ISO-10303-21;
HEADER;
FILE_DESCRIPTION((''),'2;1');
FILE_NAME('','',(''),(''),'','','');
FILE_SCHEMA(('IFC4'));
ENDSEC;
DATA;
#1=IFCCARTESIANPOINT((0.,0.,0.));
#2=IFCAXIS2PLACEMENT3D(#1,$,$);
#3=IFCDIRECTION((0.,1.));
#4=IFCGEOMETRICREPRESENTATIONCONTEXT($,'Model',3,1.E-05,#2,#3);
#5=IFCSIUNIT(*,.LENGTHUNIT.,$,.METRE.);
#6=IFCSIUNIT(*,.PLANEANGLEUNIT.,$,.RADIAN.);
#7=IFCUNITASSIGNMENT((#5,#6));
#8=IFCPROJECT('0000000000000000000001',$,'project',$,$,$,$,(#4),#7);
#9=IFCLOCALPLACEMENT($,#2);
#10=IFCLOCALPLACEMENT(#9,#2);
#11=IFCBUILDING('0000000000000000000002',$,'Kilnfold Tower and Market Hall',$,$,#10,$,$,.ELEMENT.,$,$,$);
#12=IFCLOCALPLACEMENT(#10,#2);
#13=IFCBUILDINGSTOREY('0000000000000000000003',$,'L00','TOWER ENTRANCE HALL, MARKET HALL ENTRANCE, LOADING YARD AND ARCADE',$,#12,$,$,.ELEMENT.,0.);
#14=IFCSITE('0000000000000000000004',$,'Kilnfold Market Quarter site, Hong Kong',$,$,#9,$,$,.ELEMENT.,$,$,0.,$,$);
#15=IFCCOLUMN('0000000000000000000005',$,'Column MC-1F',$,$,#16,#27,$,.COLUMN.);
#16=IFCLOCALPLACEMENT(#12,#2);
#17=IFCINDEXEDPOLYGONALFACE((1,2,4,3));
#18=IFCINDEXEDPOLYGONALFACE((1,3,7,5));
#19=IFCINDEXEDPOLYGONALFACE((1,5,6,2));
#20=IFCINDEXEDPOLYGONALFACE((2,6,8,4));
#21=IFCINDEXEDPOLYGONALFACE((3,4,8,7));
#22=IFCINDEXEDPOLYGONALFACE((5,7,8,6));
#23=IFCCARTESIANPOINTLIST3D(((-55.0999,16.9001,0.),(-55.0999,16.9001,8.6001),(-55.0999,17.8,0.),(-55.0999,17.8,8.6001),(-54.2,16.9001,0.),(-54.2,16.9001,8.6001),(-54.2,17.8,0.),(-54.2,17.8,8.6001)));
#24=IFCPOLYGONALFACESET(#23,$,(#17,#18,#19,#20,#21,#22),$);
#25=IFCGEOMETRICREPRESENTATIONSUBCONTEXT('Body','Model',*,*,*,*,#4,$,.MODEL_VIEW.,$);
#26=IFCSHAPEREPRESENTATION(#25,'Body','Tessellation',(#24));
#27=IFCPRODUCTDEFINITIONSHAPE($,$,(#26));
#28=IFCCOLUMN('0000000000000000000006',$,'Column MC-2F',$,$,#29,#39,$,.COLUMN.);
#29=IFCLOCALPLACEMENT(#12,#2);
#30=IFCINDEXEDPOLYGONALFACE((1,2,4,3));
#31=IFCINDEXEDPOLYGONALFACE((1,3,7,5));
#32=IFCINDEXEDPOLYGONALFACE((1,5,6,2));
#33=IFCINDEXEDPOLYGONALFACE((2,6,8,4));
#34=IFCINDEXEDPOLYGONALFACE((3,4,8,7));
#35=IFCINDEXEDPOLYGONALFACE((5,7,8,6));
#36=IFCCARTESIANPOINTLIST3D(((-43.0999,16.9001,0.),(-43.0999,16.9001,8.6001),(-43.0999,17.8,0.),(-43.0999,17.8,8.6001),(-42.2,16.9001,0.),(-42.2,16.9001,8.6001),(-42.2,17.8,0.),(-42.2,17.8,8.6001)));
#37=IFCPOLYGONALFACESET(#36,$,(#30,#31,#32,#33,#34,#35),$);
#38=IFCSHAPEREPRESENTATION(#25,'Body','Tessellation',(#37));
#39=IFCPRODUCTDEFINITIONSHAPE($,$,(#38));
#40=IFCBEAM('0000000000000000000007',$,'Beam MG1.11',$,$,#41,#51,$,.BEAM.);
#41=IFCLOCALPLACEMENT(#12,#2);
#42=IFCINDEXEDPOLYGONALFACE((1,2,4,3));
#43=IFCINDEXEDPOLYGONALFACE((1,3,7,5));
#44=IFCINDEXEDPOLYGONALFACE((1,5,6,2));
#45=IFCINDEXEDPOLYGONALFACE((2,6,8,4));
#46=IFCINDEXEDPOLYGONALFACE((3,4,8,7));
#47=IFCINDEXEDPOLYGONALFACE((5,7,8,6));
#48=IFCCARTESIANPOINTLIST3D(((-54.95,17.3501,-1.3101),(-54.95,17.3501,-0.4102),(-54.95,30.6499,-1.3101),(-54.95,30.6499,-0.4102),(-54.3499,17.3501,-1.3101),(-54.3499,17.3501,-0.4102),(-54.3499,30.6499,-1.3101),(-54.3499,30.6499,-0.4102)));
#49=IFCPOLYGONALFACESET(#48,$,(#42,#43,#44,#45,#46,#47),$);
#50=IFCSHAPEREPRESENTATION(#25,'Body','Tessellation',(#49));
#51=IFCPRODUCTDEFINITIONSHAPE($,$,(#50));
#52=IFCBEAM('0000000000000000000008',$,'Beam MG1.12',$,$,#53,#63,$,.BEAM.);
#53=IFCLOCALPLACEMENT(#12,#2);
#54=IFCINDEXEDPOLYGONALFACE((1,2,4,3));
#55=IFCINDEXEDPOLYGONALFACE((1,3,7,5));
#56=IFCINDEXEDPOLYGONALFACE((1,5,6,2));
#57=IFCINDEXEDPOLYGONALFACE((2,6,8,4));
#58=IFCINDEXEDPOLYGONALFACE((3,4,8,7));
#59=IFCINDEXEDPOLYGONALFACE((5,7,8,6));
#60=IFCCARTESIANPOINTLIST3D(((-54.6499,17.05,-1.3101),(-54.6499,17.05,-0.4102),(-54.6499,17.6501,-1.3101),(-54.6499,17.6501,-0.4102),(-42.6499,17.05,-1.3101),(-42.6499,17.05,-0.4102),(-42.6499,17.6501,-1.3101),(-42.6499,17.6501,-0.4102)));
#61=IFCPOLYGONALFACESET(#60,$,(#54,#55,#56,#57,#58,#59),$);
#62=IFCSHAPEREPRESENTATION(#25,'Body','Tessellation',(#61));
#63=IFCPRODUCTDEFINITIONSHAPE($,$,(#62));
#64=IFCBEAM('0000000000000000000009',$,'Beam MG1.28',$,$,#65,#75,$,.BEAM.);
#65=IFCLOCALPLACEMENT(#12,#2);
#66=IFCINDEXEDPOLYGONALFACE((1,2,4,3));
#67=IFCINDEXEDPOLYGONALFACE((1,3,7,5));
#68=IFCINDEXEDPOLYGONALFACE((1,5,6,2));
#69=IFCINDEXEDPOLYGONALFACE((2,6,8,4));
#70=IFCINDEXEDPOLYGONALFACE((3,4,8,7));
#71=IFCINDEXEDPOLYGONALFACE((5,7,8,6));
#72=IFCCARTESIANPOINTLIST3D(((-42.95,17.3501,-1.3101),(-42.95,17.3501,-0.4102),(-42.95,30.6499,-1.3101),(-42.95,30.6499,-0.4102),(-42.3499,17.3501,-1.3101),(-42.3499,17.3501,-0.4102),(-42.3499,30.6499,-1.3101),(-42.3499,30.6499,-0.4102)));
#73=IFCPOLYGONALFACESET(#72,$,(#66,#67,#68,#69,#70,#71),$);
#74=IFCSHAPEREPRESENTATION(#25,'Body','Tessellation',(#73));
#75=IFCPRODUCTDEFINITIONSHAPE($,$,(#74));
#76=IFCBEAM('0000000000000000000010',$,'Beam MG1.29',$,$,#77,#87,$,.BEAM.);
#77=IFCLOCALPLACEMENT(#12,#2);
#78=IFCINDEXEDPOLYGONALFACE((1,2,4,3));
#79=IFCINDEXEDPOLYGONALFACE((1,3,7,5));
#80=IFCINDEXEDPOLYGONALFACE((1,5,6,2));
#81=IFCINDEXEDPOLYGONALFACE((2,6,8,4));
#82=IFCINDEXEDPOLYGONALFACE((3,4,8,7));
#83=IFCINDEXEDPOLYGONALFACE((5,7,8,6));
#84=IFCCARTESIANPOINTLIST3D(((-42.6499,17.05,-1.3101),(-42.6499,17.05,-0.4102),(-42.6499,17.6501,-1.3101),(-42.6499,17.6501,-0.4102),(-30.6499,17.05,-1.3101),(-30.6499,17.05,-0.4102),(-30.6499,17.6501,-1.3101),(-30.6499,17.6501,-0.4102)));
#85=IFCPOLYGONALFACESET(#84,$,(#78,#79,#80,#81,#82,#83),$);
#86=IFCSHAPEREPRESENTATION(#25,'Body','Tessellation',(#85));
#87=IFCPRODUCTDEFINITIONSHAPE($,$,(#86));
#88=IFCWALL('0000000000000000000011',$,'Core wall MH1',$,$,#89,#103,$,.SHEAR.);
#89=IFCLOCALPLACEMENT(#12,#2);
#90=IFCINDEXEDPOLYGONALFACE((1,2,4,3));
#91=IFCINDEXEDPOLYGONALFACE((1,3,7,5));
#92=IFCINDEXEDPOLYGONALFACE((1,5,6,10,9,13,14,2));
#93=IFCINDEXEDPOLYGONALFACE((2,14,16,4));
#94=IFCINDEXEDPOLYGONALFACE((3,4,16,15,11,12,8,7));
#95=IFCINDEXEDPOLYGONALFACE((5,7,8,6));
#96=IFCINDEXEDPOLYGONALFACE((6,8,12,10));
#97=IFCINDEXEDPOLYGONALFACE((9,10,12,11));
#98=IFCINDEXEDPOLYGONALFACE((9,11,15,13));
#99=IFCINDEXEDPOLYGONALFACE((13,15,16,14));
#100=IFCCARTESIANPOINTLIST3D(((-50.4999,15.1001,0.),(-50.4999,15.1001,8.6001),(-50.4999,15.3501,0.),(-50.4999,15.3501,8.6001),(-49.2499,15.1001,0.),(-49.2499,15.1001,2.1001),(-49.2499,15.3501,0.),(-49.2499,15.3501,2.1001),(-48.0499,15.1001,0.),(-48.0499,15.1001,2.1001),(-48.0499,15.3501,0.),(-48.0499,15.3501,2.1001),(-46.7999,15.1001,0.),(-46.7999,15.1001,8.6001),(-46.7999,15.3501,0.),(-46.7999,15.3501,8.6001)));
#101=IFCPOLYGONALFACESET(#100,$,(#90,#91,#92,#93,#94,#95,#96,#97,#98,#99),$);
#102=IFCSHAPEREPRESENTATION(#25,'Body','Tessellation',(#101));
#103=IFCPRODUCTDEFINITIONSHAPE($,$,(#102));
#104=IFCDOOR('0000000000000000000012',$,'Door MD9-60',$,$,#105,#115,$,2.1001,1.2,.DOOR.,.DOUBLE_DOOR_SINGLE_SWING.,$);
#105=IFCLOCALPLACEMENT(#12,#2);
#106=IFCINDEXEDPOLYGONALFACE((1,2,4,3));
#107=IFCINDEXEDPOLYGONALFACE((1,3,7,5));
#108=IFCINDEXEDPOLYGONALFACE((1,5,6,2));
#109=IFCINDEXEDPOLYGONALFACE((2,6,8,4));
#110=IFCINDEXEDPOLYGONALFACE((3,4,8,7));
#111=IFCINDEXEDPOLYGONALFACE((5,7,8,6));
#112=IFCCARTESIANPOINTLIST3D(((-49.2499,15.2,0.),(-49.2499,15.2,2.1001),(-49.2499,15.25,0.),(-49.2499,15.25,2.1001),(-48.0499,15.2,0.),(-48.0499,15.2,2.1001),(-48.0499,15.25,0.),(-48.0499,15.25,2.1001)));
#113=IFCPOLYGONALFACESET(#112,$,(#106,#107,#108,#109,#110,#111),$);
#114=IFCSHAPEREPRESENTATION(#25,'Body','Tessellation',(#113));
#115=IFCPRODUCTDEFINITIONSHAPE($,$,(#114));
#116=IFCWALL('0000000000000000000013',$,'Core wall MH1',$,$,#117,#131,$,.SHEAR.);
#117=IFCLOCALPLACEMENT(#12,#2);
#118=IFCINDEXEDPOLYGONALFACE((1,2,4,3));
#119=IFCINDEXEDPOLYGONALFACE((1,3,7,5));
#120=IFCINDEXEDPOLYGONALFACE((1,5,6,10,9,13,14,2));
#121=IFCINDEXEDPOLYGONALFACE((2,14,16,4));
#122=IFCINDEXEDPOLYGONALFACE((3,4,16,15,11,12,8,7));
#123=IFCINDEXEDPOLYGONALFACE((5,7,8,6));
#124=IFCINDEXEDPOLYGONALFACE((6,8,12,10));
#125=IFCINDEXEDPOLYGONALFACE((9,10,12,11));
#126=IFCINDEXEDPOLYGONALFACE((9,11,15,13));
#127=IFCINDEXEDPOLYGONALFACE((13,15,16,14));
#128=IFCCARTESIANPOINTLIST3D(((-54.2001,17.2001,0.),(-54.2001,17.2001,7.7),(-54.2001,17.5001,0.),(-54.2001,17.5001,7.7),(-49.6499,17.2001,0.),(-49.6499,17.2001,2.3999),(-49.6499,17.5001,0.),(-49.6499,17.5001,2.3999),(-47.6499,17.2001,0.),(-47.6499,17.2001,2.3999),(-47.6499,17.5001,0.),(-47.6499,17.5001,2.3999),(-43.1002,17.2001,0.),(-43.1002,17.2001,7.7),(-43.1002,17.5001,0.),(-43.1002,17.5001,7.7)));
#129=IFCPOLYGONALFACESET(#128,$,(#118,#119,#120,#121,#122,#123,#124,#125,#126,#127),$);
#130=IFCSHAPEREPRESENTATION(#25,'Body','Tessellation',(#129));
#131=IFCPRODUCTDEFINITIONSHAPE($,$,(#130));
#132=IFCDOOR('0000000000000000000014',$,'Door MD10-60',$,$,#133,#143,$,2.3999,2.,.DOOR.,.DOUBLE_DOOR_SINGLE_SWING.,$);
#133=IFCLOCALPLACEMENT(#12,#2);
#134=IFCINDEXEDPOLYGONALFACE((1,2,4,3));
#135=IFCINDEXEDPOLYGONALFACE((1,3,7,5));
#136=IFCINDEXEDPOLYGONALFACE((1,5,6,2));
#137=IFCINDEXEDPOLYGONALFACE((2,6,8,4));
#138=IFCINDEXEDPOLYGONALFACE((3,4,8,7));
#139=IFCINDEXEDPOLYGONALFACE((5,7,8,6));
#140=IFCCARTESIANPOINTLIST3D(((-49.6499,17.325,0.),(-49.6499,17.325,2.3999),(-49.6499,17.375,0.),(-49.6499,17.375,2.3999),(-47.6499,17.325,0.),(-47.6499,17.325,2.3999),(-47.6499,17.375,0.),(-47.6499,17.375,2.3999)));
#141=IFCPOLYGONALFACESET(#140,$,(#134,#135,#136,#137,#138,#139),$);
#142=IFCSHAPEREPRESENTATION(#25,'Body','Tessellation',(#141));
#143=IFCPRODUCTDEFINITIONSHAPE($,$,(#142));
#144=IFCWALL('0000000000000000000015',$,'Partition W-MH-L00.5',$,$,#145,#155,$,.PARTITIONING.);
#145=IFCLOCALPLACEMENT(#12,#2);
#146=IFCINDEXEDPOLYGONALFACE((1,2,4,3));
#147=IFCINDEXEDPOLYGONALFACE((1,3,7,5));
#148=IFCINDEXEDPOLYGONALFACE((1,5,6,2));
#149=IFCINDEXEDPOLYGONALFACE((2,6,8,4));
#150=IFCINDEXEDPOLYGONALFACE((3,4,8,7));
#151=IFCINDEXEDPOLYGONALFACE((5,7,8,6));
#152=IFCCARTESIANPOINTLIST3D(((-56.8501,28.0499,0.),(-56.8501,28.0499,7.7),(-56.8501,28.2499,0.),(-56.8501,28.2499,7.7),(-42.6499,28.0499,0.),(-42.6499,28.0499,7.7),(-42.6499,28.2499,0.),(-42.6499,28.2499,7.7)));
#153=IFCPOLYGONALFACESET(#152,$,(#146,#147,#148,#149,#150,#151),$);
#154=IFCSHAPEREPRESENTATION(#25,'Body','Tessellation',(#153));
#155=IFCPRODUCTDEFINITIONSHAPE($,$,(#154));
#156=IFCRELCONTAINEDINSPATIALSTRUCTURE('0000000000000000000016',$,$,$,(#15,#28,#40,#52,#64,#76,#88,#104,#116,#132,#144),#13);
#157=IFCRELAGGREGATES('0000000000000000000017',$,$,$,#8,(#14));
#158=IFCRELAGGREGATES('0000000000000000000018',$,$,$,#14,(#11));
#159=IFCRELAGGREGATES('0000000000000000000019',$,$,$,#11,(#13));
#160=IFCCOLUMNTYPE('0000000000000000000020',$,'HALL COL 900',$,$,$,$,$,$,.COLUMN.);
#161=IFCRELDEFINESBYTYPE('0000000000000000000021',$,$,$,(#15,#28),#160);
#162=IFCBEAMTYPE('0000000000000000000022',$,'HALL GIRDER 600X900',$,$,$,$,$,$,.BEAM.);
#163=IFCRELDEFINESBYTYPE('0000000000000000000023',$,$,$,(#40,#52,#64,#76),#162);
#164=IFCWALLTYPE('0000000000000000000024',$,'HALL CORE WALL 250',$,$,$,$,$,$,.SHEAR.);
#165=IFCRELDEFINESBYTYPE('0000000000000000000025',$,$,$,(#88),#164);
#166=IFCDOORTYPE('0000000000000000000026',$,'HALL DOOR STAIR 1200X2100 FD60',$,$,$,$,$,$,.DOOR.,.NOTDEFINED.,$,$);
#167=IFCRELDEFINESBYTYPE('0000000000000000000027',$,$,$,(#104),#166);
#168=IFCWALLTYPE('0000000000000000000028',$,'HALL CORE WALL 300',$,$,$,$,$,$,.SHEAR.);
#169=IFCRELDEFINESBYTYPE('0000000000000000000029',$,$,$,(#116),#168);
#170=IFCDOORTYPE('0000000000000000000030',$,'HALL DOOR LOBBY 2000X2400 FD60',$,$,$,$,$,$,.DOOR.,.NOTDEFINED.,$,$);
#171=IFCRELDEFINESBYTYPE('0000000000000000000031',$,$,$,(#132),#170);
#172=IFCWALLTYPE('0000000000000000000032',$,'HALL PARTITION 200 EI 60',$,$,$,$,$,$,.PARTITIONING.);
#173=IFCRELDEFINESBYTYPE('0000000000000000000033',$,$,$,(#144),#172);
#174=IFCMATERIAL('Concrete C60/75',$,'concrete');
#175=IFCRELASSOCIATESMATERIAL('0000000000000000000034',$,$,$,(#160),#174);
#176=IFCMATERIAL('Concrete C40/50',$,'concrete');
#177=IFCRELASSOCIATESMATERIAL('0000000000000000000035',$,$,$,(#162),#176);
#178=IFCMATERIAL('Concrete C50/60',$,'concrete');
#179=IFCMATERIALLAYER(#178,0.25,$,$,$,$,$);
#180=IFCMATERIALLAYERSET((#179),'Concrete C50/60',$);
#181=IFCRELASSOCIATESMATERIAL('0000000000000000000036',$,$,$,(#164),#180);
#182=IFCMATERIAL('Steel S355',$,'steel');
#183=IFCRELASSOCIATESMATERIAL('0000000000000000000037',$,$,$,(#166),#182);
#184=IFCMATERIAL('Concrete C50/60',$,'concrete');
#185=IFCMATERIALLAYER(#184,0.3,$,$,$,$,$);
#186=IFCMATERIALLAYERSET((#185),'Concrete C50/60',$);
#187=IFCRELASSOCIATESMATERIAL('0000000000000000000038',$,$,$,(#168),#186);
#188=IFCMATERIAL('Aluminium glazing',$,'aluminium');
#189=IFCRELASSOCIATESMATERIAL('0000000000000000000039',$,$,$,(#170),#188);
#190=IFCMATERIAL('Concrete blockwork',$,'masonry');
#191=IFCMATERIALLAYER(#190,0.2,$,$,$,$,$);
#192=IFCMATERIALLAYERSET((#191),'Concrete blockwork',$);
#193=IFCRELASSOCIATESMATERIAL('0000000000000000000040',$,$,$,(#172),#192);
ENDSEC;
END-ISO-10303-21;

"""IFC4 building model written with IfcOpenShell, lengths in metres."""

from ifc_helpers import new_model, si_unit, direction, frame, frame_2d, origin, origin_2d, place, context, subcontext, project, spatial, rectangle, extrude, source, transform, mapped, material, layer, layer_set, material_profile, profile_set, type_object, element, fill, save


model = new_model("IFC4")

# Units and contexts
model_context = context("Model", 3, precision=1e-05, world=origin(), true_north=direction((0.0, 1.0)))
body_context = subcontext(model_context, "Body", "Model", "MODEL_VIEW")
ifc_project = project(units=[si_unit("LENGTHUNIT", "METRE"), si_unit("PLANEANGLEUNIT", "RADIAN")], contexts=[model_context])

# Site, building, storey
site_placement = place(None, origin())
site = spatial("IfcSite", under=ifc_project, at=site_placement, Name="Kilnfold Market Quarter site, Hong Kong", CompositionType="ELEMENT", RefElevation=0.0)
building_placement = place(site_placement, origin())
building = spatial("IfcBuilding", under=site, at=building_placement, Name="Kilnfold Tower and Market Hall", CompositionType="ELEMENT")
storey_placement = place(building_placement, origin())
storey = spatial("IfcBuildingStorey", under=building, at=storey_placement, Name="L00", Description="TOWER ENTRANCE HALL, MARKET HALL ENTRANCE, LOADING YARD AND ARCADE", CompositionType="ELEMENT", Elevation=0.0)

# Columns
ifc_material_1 = material(Name="Concrete C60/75", Category="concrete")
ifc_material_profile_1 = material_profile(ifc_material_1, rectangle(XDim=0.8999, YDim=0.8999, at=origin_2d()), Name="RC 900x900")
ifc_profile_set_1 = profile_set([ifc_material_profile_1], Name="Concrete C60/75")
column_type = type_object("IfcColumnType", Name="HALL COL 900", PredefinedType="COLUMN", material=ifc_profile_set_1)
shared_shape_1 = source(origin(), body_context, "Body", "SweptSolid", [
    extrude(rectangle(XDim=0.8999, YDim=0.8999, at=origin_2d()), origin(), (0.0, 0.0, 1.0), 8.6001),
])
for number, where, z_axis, x_axis, name in (
    (1, (-54.6499, 17.3501, 0.0), (0.0, 0.0, 1.0), (1.0, 0.0, 0.0), "Column MC-1F"),
    (2, (-42.6499, 17.3501, 0.0), (0.0, 0.0, 1.0), (1.0, 0.0, 0.0), "Column MC-2F"),
):
    element("IfcColumn", number, at=place(storey_placement, frame(where, z_axis=z_axis, x_axis=x_axis)), inside=storey, type_object=column_type, Name=name, PredefinedType="COLUMN", context=body_context, shape_type="MappedRepresentation", body=[
        mapped(shared_shape_1, transform((0.0, 0.0, 0.0))),
    ])

# Beams
ifc_material_2 = material(Name="Concrete C40/50", Category="concrete")
ifc_material_profile_2 = material_profile(ifc_material_2, rectangle(XDim=0.6001, YDim=0.8999, at=origin_2d()), Name="RC 600x900")
ifc_profile_set_2 = profile_set([ifc_material_profile_2], Name="Concrete C40/50")
beam_type = type_object("IfcBeamType", Name="HALL GIRDER 600X900", PredefinedType="BEAM", material=ifc_profile_set_2)
beam_1_placement = place(storey_placement, frame((-54.6499, 17.3501, -0.8601), z_axis=(0.0, 1.0, 0.0), x_axis=(-1.0, 0.0, 0.0)))
element("IfcBeam", 3, at=beam_1_placement, inside=storey, type_object=beam_type, Name="Beam MG1.11", PredefinedType="BEAM", context=body_context, shape_type="SweptSolid", body=[
    extrude(rectangle(XDim=0.6001, YDim=0.8999, at=origin_2d()), origin(), (0.0, 0.0, 1.0), 13.2998),
])
beam_2_placement = place(storey_placement, frame((-54.6499, 17.3501, -0.8601), z_axis=(1.0, 0.0, 0.0), x_axis=(0.0, 1.0, 0.0)))
element("IfcBeam", 4, at=beam_2_placement, inside=storey, type_object=beam_type, Name="Beam MG1.12", PredefinedType="BEAM", context=body_context, shape_type="SweptSolid", body=[
    extrude(rectangle(XDim=0.6001, YDim=0.8999, at=origin_2d()), origin(), (0.0, 0.0, 1.0), 12.0),
])
beam_3_placement = place(storey_placement, frame((-42.6499, 17.3501, -0.8601), z_axis=(0.0, 1.0, 0.0), x_axis=(-1.0, 0.0, 0.0)))
element("IfcBeam", 5, at=beam_3_placement, inside=storey, type_object=beam_type, Name="Beam MG1.28", PredefinedType="BEAM", context=body_context, shape_type="SweptSolid", body=[
    extrude(rectangle(XDim=0.6001, YDim=0.8999, at=origin_2d()), origin(), (0.0, 0.0, 1.0), 13.2998),
])
beam_4_placement = place(storey_placement, frame((-42.6499, 17.3501, -0.8601), z_axis=(1.0, 0.0, 0.0), x_axis=(0.0, 1.0, 0.0)))
element("IfcBeam", 6, at=beam_4_placement, inside=storey, type_object=beam_type, Name="Beam MG1.29", PredefinedType="BEAM", context=body_context, shape_type="SweptSolid", body=[
    extrude(rectangle(XDim=0.6001, YDim=0.8999, at=origin_2d()), origin(), (0.0, 0.0, 1.0), 12.0),
])

# Walls, openings, doors
ifc_material_3 = material(Name="Concrete C50/60", Category="concrete")
ifc_layer_1 = layer(ifc_material_3, 0.25)
ifc_layer_set_1 = layer_set([ifc_layer_1], Name="Concrete C50/60")
wall_type_1 = type_object("IfcWallType", Name="HALL CORE WALL 250", PredefinedType="SHEAR", material=ifc_layer_set_1)
shared_shape_2 = source(origin(), body_context, "Body", "SweptSolid", [
    extrude(rectangle(XDim=3.7, YDim=0.25, at=frame_2d((1.8501, 0.0))), origin(), (0.0, 0.0, 1.0), 8.6001),
])
wall_1_placement = place(storey_placement, frame((-50.5, 15.2251, 0.0), z_axis=(0.0, 0.0, 1.0), x_axis=(1.0, 0.0, 0.0)))
wall_1 = element("IfcWall", 7, at=wall_1_placement, inside=storey, type_object=wall_type_1, Name="Core wall MH1", PredefinedType="SHEAR", context=body_context, shape_type="MappedRepresentation", body=[
    mapped(shared_shape_2, transform((0.0, 0.0, 0.0))),
])
opening_1_placement = place(wall_1_placement, frame((1.25, 0.0, 0.0)))
opening_1 = element("IfcOpeningElement", 8, at=opening_1_placement, cuts=wall_1, PredefinedType="OPENING", context=body_context, shape_type="SweptSolid", body=[
    extrude(rectangle(XDim=1.2, YDim=2.1001, at=frame_2d((0.6001, 1.05))), frame((0.0, 0.135, 0.0), z_axis=(0.0, -1.0, 0.0), x_axis=(1.0, 0.0, 0.0)), (0.0, 0.0, 1.0), 0.27),
])
ifc_material_4 = material(Name="Steel S355", Category="steel")
door_type_1 = type_object("IfcDoorType", Name="HALL DOOR STAIR 1200X2100 FD60", OperationType="NOTDEFINED", PredefinedType="DOOR", material=ifc_material_4)
door_1_placement = place(opening_1_placement, origin())
door_1 = element("IfcDoor", 9, at=door_1_placement, inside=storey, type_object=door_type_1, Name="Door MD9-60", OperationType="DOUBLE_DOOR_SINGLE_SWING", OverallHeight=2.1001, OverallWidth=1.2, PredefinedType="DOOR", context=body_context, shape_type="SweptSolid", body=[
    extrude(rectangle(XDim=1.2, YDim=2.1001, at=frame_2d((0.6001, 1.05))), frame((0.0, 0.0249, 0.0), z_axis=(0.0, -1.0, 0.0), x_axis=(1.0, 0.0, 0.0)), (0.0, 0.0, 1.0), 0.05),
])
fill(opening_1, door_1)
ifc_material_5 = material(Name="Concrete C50/60", Category="concrete")
ifc_layer_2 = layer(ifc_material_5, 0.3)
ifc_layer_set_2 = layer_set([ifc_layer_2], Name="Concrete C50/60")
wall_type_2 = type_object("IfcWallType", Name="HALL CORE WALL 300", PredefinedType="SHEAR", material=ifc_layer_set_2)
shared_shape_3 = source(origin(), body_context, "Body", "SweptSolid", [
    extrude(rectangle(XDim=11.0999, YDim=0.3, at=frame_2d((5.5498, 0.0))), origin(), (0.0, 0.0, 1.0), 7.7),
])
wall_2_placement = place(storey_placement, frame((-54.2, 17.3501, 0.0), z_axis=(0.0, 0.0, 1.0), x_axis=(1.0, 0.0, 0.0)))
wall_2 = element("IfcWall", 10, at=wall_2_placement, inside=storey, type_object=wall_type_2, Name="Core wall MH1", PredefinedType="SHEAR", context=body_context, shape_type="MappedRepresentation", body=[
    mapped(shared_shape_3, transform((0.0, 0.0, 0.0))),
])
opening_2_placement = place(wall_2_placement, frame((4.55, 0.0, 0.0)))
opening_2 = element("IfcOpeningElement", 11, at=opening_2_placement, cuts=wall_2, PredefinedType="OPENING", context=body_context, shape_type="SweptSolid", body=[
    extrude(rectangle(XDim=2.0, YDim=2.3999, at=frame_2d((1.0, 1.2))), frame((0.0, 0.1602, 0.0), z_axis=(0.0, -1.0, 0.0), x_axis=(1.0, 0.0, 0.0)), (0.0, 0.0, 1.0), 0.3201),
])
ifc_material_6 = material(Name="Aluminium glazing", Category="aluminium")
door_type_2 = type_object("IfcDoorType", Name="HALL DOOR LOBBY 2000X2400 FD60", OperationType="NOTDEFINED", PredefinedType="DOOR", material=ifc_material_6)
door_2_placement = place(opening_2_placement, origin())
door_2 = element("IfcDoor", 12, at=door_2_placement, inside=storey, type_object=door_type_2, Name="Door MD10-60", OperationType="DOUBLE_DOOR_SINGLE_SWING", OverallHeight=2.3999, OverallWidth=2.0, PredefinedType="DOOR", context=body_context, shape_type="SweptSolid", body=[
    extrude(rectangle(XDim=2.0, YDim=2.3999, at=frame_2d((1.0, 1.2))), frame((0.0, 0.0249, 0.0), z_axis=(0.0, -1.0, 0.0), x_axis=(1.0, 0.0, 0.0)), (0.0, 0.0, 1.0), 0.05),
])
fill(opening_2, door_2)

# Wall
ifc_material_7 = material(Name="Concrete blockwork", Category="masonry")
ifc_layer_3 = layer(ifc_material_7, 0.2)
ifc_layer_set_3 = layer_set([ifc_layer_3], Name="Concrete blockwork")
wall_type_3 = type_object("IfcWallType", Name="HALL PARTITION 200 EI 60", PredefinedType="PARTITIONING", material=ifc_layer_set_3)
shared_shape_4 = source(origin(), body_context, "Body", "SweptSolid", [
    extrude(rectangle(XDim=14.2002, YDim=0.2, at=frame_2d((7.1001, 0.0))), origin(), (0.0, 0.0, 1.0), 7.7),
])
wall_3_placement = place(storey_placement, frame((-56.8501, 28.1499, 0.0), z_axis=(0.0, 0.0, 1.0), x_axis=(1.0, 0.0, 0.0)))
element("IfcWall", 13, at=wall_3_placement, inside=storey, type_object=wall_type_3, Name="Partition W-MH-L00.5", PredefinedType="PARTITIONING", context=body_context, shape_type="MappedRepresentation", body=[
    mapped(shared_shape_4, transform((0.0, 0.0, 0.0))),
])

save(model, "model.ifc")
